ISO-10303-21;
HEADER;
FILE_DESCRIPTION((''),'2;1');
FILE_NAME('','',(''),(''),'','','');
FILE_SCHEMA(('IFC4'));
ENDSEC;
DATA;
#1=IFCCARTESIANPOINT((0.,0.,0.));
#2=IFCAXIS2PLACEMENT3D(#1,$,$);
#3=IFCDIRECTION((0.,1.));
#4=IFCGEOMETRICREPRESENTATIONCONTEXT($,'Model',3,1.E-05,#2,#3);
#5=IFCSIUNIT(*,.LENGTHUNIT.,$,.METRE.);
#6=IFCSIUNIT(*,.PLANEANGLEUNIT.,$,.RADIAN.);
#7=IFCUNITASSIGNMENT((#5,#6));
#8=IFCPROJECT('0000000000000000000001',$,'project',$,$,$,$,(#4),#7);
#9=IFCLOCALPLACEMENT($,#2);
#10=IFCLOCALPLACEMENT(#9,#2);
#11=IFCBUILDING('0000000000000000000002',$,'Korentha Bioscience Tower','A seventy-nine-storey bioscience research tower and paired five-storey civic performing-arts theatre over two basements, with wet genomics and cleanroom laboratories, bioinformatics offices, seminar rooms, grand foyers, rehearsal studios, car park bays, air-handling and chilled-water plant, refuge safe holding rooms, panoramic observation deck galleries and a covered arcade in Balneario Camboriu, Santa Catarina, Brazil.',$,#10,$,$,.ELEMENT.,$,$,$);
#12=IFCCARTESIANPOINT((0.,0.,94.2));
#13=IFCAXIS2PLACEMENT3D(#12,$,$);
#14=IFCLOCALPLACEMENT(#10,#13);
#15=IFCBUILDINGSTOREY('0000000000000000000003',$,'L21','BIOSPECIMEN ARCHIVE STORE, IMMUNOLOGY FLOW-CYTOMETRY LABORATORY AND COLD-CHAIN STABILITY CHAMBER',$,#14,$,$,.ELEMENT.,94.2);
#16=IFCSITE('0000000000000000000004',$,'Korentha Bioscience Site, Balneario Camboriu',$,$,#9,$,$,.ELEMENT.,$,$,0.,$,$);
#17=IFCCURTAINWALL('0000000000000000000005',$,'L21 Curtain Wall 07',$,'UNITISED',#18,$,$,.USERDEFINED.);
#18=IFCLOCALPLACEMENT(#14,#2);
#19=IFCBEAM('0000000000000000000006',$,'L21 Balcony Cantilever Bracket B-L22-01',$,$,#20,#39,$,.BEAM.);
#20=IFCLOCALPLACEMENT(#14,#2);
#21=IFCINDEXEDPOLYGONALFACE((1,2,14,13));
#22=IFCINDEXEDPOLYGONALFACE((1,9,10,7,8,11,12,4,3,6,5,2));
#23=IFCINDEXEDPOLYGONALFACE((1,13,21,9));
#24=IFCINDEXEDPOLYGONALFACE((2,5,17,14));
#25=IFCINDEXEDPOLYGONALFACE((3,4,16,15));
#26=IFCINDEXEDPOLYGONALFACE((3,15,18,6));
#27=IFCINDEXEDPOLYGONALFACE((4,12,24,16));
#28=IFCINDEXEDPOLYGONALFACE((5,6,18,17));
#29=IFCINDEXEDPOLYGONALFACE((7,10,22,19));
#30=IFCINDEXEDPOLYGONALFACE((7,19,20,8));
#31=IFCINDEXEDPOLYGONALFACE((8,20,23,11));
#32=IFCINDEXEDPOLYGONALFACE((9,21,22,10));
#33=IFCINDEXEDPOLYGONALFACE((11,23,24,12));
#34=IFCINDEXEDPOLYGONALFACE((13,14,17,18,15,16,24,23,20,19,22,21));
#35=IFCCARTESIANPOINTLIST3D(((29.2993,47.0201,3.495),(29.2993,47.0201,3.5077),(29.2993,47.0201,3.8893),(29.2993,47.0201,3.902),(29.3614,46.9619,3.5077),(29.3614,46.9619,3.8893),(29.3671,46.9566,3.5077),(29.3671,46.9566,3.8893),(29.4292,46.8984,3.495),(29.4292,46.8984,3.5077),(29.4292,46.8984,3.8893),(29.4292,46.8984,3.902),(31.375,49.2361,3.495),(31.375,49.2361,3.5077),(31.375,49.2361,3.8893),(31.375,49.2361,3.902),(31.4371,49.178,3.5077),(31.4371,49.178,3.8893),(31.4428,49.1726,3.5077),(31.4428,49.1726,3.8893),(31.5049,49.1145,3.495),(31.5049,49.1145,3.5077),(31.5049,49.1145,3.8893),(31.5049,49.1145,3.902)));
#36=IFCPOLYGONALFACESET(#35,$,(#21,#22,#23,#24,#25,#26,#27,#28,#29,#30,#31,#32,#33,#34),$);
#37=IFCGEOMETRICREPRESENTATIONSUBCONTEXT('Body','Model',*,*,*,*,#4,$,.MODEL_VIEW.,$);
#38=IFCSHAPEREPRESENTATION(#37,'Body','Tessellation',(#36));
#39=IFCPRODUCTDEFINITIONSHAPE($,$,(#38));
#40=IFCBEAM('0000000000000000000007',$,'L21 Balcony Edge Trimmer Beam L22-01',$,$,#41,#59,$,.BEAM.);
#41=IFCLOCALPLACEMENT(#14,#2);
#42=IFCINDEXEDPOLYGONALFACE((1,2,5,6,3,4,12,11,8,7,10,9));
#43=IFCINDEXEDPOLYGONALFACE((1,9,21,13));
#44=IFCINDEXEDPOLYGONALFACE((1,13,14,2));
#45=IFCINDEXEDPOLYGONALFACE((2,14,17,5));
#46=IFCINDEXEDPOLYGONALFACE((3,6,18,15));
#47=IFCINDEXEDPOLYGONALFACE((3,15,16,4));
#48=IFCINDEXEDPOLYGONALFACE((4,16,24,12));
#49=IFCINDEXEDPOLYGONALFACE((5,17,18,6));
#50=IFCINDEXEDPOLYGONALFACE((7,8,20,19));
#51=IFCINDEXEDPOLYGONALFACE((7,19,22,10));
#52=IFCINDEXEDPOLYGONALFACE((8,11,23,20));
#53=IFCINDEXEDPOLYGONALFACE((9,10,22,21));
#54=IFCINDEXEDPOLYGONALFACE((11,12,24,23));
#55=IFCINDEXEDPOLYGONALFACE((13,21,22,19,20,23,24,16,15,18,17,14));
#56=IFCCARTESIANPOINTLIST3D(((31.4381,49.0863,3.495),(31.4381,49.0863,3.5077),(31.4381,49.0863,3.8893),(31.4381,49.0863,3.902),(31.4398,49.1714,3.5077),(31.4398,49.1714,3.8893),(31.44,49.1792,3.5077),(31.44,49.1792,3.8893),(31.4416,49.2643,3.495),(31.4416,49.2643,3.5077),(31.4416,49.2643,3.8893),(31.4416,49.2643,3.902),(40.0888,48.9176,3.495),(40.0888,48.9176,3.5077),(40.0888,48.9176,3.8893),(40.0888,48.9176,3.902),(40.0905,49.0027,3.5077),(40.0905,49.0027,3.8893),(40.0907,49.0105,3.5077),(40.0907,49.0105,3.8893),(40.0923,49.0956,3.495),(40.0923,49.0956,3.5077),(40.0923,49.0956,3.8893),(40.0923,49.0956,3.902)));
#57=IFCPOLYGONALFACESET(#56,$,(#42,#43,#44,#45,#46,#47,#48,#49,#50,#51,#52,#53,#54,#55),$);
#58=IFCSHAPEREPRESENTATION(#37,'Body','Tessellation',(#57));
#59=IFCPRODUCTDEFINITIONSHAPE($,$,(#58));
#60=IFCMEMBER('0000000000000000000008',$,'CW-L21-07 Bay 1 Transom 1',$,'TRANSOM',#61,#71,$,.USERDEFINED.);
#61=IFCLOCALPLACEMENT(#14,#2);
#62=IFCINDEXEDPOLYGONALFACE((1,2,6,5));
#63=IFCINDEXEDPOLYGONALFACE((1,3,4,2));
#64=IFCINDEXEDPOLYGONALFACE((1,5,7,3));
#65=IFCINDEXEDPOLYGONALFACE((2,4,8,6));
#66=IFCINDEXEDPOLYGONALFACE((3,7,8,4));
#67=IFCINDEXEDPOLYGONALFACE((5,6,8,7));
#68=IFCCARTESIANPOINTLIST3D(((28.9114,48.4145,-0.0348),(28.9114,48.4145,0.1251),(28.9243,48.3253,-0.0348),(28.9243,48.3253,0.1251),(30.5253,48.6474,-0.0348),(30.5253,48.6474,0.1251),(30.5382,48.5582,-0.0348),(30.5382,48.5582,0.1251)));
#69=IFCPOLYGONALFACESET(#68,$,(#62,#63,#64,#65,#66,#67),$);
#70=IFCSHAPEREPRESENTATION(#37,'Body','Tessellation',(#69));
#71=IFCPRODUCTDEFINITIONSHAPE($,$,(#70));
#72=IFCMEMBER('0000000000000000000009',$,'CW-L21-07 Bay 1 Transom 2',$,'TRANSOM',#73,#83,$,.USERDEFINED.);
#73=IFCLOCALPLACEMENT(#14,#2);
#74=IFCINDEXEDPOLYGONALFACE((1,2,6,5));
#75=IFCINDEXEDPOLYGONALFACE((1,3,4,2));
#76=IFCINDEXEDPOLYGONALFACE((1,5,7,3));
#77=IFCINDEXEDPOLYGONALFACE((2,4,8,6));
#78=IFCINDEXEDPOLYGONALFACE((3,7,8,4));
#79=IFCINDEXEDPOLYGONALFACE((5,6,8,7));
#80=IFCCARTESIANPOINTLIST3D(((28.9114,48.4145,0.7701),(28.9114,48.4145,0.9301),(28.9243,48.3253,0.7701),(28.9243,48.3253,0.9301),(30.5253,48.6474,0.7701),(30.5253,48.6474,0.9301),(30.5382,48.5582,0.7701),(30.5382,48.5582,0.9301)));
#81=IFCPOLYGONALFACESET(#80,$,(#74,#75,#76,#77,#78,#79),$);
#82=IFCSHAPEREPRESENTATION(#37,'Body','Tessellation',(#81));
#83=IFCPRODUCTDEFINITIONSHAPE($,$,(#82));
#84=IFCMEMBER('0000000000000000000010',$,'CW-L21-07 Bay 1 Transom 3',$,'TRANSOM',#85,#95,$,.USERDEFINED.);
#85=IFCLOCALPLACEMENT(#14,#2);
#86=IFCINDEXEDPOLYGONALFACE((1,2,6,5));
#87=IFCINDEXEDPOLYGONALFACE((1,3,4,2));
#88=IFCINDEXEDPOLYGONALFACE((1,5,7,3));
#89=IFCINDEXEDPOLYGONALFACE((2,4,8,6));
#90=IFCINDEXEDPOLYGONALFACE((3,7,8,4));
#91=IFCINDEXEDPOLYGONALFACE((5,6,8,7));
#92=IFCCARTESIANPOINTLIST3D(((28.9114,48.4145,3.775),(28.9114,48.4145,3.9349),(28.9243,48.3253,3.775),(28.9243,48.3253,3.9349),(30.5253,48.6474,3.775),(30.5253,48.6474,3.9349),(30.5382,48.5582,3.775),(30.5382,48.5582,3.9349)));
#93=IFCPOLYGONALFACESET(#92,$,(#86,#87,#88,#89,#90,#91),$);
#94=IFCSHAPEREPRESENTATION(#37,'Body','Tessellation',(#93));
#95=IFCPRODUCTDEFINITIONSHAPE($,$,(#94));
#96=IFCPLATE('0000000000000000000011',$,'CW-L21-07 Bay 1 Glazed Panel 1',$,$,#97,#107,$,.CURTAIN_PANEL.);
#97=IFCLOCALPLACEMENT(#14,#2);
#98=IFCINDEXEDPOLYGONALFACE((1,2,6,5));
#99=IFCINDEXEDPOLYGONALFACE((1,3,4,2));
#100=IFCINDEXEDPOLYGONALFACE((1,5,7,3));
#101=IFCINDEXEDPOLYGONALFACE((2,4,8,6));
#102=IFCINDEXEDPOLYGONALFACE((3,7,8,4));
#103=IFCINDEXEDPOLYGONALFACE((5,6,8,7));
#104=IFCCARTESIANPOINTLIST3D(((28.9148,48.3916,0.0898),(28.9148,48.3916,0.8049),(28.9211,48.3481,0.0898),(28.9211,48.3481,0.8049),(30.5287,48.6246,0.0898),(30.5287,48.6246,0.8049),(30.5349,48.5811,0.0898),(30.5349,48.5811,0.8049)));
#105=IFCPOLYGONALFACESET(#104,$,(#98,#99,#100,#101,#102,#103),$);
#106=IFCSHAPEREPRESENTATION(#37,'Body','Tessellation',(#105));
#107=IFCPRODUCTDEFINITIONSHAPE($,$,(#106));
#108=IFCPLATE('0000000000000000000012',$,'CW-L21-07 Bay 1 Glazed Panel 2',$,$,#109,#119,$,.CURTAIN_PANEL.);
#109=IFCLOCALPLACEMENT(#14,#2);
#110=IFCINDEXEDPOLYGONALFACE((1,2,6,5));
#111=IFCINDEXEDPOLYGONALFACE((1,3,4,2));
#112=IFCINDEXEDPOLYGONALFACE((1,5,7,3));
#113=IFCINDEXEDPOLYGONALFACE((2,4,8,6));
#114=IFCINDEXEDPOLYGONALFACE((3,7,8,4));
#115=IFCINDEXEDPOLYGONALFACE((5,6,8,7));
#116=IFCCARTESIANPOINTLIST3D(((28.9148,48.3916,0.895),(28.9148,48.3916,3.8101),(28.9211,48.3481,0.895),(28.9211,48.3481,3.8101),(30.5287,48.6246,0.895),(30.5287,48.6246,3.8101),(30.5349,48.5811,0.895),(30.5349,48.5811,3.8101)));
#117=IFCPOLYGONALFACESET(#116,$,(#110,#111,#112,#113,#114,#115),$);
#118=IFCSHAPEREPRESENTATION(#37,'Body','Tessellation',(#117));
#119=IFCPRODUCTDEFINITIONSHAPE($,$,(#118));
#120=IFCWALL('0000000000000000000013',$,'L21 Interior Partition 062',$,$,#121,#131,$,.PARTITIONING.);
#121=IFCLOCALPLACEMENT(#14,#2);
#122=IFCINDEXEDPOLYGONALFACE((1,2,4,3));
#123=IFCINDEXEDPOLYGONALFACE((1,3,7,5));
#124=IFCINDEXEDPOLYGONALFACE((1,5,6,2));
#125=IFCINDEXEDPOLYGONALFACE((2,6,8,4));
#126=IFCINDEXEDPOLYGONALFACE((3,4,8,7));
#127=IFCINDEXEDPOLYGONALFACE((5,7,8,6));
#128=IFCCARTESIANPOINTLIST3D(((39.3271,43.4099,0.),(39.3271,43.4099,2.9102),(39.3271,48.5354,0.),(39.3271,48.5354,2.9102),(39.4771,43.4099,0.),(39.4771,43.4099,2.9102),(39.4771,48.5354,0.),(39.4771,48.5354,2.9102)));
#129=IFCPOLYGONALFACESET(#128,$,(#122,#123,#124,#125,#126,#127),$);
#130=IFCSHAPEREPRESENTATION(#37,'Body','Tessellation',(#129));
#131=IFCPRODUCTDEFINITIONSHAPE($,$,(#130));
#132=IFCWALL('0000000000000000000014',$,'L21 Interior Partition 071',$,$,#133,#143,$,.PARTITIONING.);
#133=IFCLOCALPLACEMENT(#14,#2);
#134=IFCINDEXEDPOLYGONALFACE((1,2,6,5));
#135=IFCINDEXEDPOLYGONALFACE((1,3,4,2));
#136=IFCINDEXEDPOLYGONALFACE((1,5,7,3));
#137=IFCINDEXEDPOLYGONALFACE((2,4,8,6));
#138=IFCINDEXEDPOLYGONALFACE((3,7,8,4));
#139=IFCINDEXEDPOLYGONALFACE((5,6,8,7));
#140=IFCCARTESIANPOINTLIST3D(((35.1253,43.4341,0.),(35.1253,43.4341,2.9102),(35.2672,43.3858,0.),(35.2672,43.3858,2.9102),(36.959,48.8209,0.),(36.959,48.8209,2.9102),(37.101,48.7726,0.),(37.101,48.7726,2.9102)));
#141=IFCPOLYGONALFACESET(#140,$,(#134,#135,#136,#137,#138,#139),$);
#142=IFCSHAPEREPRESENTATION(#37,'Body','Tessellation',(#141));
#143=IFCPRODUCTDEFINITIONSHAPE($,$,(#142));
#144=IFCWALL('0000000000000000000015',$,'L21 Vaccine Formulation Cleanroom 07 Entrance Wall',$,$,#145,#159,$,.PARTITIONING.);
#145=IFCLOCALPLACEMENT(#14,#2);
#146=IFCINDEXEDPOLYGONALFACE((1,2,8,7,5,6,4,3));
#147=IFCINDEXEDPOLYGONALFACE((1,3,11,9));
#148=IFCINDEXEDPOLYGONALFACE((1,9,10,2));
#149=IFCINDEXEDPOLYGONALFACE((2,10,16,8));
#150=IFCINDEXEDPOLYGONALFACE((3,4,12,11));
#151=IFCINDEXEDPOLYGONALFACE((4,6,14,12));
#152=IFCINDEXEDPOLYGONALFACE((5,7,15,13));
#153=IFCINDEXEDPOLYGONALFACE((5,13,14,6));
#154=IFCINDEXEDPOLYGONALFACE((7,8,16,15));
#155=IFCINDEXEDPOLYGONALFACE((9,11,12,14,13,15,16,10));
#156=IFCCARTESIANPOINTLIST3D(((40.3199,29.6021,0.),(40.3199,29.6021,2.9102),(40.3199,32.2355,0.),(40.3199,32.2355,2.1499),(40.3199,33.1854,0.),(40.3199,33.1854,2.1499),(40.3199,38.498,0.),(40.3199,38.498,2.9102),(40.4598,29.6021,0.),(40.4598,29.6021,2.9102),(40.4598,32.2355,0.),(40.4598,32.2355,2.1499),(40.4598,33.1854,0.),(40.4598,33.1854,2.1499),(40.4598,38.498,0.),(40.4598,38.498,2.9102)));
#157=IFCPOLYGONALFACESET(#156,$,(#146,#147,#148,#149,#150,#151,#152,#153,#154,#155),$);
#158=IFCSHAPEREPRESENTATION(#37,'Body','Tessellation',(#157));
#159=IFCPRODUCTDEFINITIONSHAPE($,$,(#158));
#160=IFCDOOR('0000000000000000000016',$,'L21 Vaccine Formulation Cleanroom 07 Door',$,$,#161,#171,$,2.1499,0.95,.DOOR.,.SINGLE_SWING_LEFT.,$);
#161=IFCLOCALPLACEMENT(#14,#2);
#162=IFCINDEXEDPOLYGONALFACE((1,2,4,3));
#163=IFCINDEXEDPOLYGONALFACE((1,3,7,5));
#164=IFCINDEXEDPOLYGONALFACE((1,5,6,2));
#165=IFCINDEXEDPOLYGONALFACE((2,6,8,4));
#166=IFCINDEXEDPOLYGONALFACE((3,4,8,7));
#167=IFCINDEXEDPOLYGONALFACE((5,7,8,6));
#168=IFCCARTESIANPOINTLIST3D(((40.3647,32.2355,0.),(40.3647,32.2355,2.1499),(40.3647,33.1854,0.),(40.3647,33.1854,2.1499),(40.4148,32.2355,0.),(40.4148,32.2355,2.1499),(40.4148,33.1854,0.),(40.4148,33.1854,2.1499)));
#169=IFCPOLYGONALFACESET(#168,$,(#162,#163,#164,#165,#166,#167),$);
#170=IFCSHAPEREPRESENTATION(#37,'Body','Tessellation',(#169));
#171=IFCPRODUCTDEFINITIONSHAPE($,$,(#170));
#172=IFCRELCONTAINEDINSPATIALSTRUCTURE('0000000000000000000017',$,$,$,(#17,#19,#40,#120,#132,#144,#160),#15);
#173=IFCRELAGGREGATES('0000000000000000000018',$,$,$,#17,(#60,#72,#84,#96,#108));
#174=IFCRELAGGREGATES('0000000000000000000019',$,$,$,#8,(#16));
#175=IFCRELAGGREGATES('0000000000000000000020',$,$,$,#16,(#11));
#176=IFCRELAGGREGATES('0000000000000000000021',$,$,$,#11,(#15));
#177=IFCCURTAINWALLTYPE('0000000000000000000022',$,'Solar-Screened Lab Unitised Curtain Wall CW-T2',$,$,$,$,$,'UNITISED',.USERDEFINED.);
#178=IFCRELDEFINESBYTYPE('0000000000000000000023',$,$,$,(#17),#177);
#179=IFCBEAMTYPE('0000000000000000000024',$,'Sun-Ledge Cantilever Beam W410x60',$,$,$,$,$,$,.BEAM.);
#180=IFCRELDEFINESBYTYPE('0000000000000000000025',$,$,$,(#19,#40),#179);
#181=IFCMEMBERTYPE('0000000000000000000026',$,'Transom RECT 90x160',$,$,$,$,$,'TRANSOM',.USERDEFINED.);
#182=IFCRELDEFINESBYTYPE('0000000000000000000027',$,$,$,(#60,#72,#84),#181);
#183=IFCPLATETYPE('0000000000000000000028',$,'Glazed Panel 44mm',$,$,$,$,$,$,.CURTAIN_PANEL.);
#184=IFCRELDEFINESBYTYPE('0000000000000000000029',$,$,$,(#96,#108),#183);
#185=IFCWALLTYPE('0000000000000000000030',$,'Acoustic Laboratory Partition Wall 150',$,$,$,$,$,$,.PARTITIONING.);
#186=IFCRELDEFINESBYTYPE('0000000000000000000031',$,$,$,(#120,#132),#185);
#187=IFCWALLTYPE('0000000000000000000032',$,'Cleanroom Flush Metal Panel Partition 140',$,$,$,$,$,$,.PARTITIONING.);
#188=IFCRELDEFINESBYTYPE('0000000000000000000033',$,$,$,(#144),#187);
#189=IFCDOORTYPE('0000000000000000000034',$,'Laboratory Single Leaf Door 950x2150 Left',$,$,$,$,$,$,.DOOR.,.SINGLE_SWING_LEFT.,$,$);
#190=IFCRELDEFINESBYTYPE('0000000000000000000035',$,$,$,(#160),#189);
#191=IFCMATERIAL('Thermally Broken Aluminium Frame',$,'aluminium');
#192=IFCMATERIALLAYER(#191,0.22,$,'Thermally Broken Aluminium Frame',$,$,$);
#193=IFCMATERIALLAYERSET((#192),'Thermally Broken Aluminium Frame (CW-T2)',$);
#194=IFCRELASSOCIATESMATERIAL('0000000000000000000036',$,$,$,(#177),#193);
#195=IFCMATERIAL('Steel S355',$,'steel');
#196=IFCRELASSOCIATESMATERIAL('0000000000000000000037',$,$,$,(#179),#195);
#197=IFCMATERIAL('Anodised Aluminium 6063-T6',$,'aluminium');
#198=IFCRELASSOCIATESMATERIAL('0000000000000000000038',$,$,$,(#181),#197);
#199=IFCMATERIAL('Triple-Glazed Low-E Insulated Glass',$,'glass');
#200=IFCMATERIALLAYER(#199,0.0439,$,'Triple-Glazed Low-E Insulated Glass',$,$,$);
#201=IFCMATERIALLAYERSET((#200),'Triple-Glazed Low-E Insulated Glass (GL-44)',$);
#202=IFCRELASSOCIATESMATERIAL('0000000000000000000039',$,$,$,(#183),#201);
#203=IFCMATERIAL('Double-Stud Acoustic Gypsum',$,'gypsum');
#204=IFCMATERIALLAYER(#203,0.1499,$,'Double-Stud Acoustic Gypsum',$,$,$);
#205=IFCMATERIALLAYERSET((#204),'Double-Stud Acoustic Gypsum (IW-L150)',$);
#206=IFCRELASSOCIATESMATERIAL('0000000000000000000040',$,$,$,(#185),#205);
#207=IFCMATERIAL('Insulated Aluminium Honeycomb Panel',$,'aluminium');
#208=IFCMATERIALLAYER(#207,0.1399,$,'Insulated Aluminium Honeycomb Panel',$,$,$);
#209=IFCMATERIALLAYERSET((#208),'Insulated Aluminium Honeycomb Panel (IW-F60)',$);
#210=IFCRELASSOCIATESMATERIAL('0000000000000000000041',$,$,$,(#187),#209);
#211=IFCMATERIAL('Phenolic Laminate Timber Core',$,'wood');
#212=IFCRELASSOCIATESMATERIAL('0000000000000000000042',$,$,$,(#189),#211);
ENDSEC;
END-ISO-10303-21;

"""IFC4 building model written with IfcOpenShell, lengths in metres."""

from ifc_helpers import new_model, si_unit, direction, frame, frame_2d, origin, origin_2d, place, context, subcontext, project, spatial, rectangle, i_section, extrude, material, layer, layer_set, material_profile, profile_set, type_object, element, fill, aggregate, save


model = new_model("IFC4")

# Units and contexts
model_context = context("Model", 3, precision=1e-05, world=origin(), true_north=direction((0.0, 1.0)))
body_context = subcontext(model_context, "Body", "Model", "MODEL_VIEW")
ifc_project = project(units=[si_unit("LENGTHUNIT", "METRE"), si_unit("PLANEANGLEUNIT", "RADIAN")], contexts=[model_context])

# Site, building, storey
site_placement = place(None, origin())
site = spatial("IfcSite", under=ifc_project, at=site_placement, Name="Korentha Bioscience Site, Balneario Camboriu", CompositionType="ELEMENT", RefElevation=0.0)
building_placement = place(site_placement, origin())
building = spatial("IfcBuilding", under=site, at=building_placement, Name="Korentha Bioscience Tower", Description="A seventy-nine-storey bioscience research tower and paired five-storey civic performing-arts theatre over two basements, with wet genomics and cleanroom laboratories, bioinformatics offices, seminar rooms, grand foyers, rehearsal studios, car park bays, air-handling and chilled-water plant, refuge safe holding rooms, panoramic observation deck galleries and a covered arcade in Balneario Camboriu, Santa Catarina, Brazil.", CompositionType="ELEMENT")
storey_placement = place(building_placement, frame((0.0, 0.0, 94.2)))
storey = spatial("IfcBuildingStorey", under=building, at=storey_placement, Name="L21", Description="BIOSPECIMEN ARCHIVE STORE, IMMUNOLOGY FLOW-CYTOMETRY LABORATORY AND COLD-CHAIN STABILITY CHAMBER", CompositionType="ELEMENT", Elevation=94.2)

# Curtain wall
ifc_material_1 = material(Name="Thermally Broken Aluminium Frame", Category="aluminium")
ifc_layer_1 = layer(ifc_material_1, 0.22, Name="Thermally Broken Aluminium Frame")
ifc_layer_set_1 = layer_set([ifc_layer_1], Name="Thermally Broken Aluminium Frame (CW-T2)")
curtain_wall_type = type_object("IfcCurtainWallType", Name="Solar-Screened Lab Unitised Curtain Wall CW-T2", ElementType="UNITISED", PredefinedType="USERDEFINED", material=ifc_layer_set_1)
curtain_wall_placement = place(storey_placement, origin())
curtain_wall = element("IfcCurtainWall", 1, at=curtain_wall_placement, inside=storey, type_object=curtain_wall_type, Name="L21 Curtain Wall 07", ObjectType="UNITISED", PredefinedType="USERDEFINED")
ifc_material_2 = material(Name="Anodised Aluminium 6063-T6", Category="aluminium")

# Beams
ifc_material_3 = material(Name="Steel S355", Category="steel")
ifc_material_profile_1 = material_profile(ifc_material_3, i_section(OverallWidth=0.178, OverallDepth=0.407, WebThickness=0.0078, FlangeThickness=0.0127, at=origin_2d()), Name="Steel S355")
ifc_profile_set_1 = profile_set([ifc_material_profile_1], Name="Steel S355 (CB-410)")
beam_type_1 = type_object("IfcBeamType", Name="Sun-Ledge Cantilever Beam W410x60", PredefinedType="BEAM", material=ifc_profile_set_1)
beam_1_placement = place(storey_placement, frame((29.3643, 46.9592, 3.6985), z_axis=(0.683612, 0.729846, 0.0), x_axis=(-0.729846, 0.683612, 0.0)))
element("IfcBeam", 2, at=beam_1_placement, inside=storey, type_object=beam_type_1, Name="L21 Balcony Cantilever Bracket B-L22-01", PredefinedType="BEAM", context=body_context, shape_type="SweptSolid", body=[
    extrude(i_section(OverallWidth=0.178, OverallDepth=0.407, WebThickness=0.0078, FlangeThickness=0.0127, at=origin_2d()), origin(), (0.0, 0.0, 1.0), 3.0364),
])
beam_2_placement = place(storey_placement, frame((40.0906, 49.0066, 3.6985), z_axis=(-0.99981, 0.019498, 0.0), x_axis=(-0.019498, -0.99981, 0.0)))
element("IfcBeam", 3, at=beam_2_placement, inside=storey, type_object=beam_type_1, Name="L21 Balcony Edge Trimmer Beam L22-01", PredefinedType="BEAM", context=body_context, shape_type="SweptSolid", body=[
    extrude(i_section(OverallWidth=0.178, OverallDepth=0.407, WebThickness=0.0078, FlangeThickness=0.0127, at=origin_2d()), origin(), (0.0, 0.0, 1.0), 8.6523),
])

# Members
ifc_material_profile_2 = material_profile(ifc_material_2, rectangle(XDim=0.0901, YDim=0.1599, at=origin_2d()), Name="Anodised Aluminium 6063-T6")
ifc_profile_set_2 = profile_set([ifc_material_profile_2], Name="Anodised Aluminium 6063-T6 (CW-TRN)")
member_type_1 = type_object("IfcMemberType", Name="Transom RECT 90x160", ElementType="TRANSOM", PredefinedType="USERDEFINED", material=ifc_profile_set_2)
member_1_placement = place(storey_placement, frame((30.5317, 48.6028, 0.0452), z_axis=(-0.989748, -0.142826, 0.0), x_axis=(0.142826, -0.989748, 0.0)))
member_1 = element("IfcMember", 4, at=member_1_placement, type_object=member_type_1, Name="CW-L21-07 Bay 1 Transom 1", ObjectType="TRANSOM", PredefinedType="USERDEFINED", context=body_context, shape_type="SweptSolid", body=[
    extrude(rectangle(XDim=0.0901, YDim=0.1599, at=origin_2d()), origin(), (0.0, 0.0, 1.0), 1.6306),
])
member_2_placement = place(storey_placement, frame((30.5317, 48.6028, 0.8501), z_axis=(-0.989748, -0.142826, 0.0), x_axis=(0.142826, -0.989748, 0.0)))
member_2 = element("IfcMember", 5, at=member_2_placement, type_object=member_type_1, Name="CW-L21-07 Bay 1 Transom 2", ObjectType="TRANSOM", PredefinedType="USERDEFINED", context=body_context, shape_type="SweptSolid", body=[
    extrude(rectangle(XDim=0.0901, YDim=0.1599, at=origin_2d()), origin(), (0.0, 0.0, 1.0), 1.6306),
])
member_3_placement = place(storey_placement, frame((30.5317, 48.6028, 3.855), z_axis=(-0.989748, -0.142826, 0.0), x_axis=(0.142826, -0.989748, 0.0)))
member_3 = element("IfcMember", 6, at=member_3_placement, type_object=member_type_1, Name="CW-L21-07 Bay 1 Transom 3", ObjectType="TRANSOM", PredefinedType="USERDEFINED", context=body_context, shape_type="SweptSolid", body=[
    extrude(rectangle(XDim=0.0901, YDim=0.1599, at=origin_2d()), origin(), (0.0, 0.0, 1.0), 1.6306),
])

# Plates
ifc_material_4 = material(Name="Triple-Glazed Low-E Insulated Glass", Category="glass")
ifc_layer_2 = layer(ifc_material_4, 0.0439, Name="Triple-Glazed Low-E Insulated Glass")
ifc_layer_set_2 = layer_set([ifc_layer_2], Name="Triple-Glazed Low-E Insulated Glass (GL-44)")
plate_type = type_object("IfcPlateType", Name="Glazed Panel 44mm", PredefinedType="CURTAIN_PANEL", material=ifc_layer_set_2)
plate_1_placement = place(storey_placement, frame((29.7249, 48.4863, 0.0898), z_axis=(0.0, 0.0, 1.0), x_axis=(-0.989738, -0.142892, 0.0)))
plate_1 = element("IfcPlate", 7, at=plate_1_placement, type_object=plate_type, Name="CW-L21-07 Bay 1 Glazed Panel 1", PredefinedType="CURTAIN_PANEL", context=body_context, shape_type="SweptSolid", body=[
    extrude(rectangle(XDim=1.6306, YDim=0.0439, at=origin_2d()), origin(), (0.0, 0.0, 1.0), 0.7151),
])
plate_2_placement = place(storey_placement, frame((29.7249, 48.4863, 0.895), z_axis=(0.0, 0.0, 1.0), x_axis=(-0.989738, -0.142892, 0.0)))
plate_2 = element("IfcPlate", 8, at=plate_2_placement, type_object=plate_type, Name="CW-L21-07 Bay 1 Glazed Panel 2", PredefinedType="CURTAIN_PANEL", context=body_context, shape_type="SweptSolid", body=[
    extrude(rectangle(XDim=1.6306, YDim=0.0439, at=origin_2d()), origin(), (0.0, 0.0, 1.0), 2.915),
])
aggregate(curtain_wall, [member_1, member_2, member_3, plate_1, plate_2])

# Shared definitions
ifc_material_5 = material(Name="Double-Stud Acoustic Gypsum", Category="gypsum")
ifc_layer_3 = layer(ifc_material_5, 0.1499, Name="Double-Stud Acoustic Gypsum")
ifc_layer_set_3 = layer_set([ifc_layer_3], Name="Double-Stud Acoustic Gypsum (IW-L150)")
wall_type_1 = type_object("IfcWallType", Name="Acoustic Laboratory Partition Wall 150", PredefinedType="PARTITIONING", material=ifc_layer_set_3)
ifc_material_6 = material(Name="Phenolic Laminate Timber Core", Category="wood")

# Walls
wall_1_placement = place(storey_placement, frame((39.4021, 43.4099, 0.0), z_axis=(0.0, 0.0, 1.0), x_axis=(0.0, 1.0, 0.0)))
element("IfcWall", 9, at=wall_1_placement, inside=storey, type_object=wall_type_1, Name="L21 Interior Partition 062", PredefinedType="PARTITIONING", context=body_context, shape_type="SweptSolid", body=[
    extrude(rectangle(XDim=5.1255, YDim=0.1499, at=frame_2d((2.5627, 0.0))), origin(), (0.0, 0.0, 1.0), 2.9102),
])
wall_2_placement = place(storey_placement, frame((35.1963, 43.4099, 0.0), z_axis=(0.0, 0.0, 1.0), x_axis=(0.322245, 0.946656, 0.0)))
element("IfcWall", 10, at=wall_2_placement, inside=storey, type_object=wall_type_1, Name="L21 Interior Partition 071", PredefinedType="PARTITIONING", context=body_context, shape_type="SweptSolid", body=[
    extrude(rectangle(XDim=5.6904, YDim=0.1499, at=frame_2d((2.8452, 0.0))), origin(), (0.0, 0.0, 1.0), 2.9102),
])

# Wall, opening, door
ifc_material_7 = material(Name="Insulated Aluminium Honeycomb Panel", Category="aluminium")
ifc_layer_4 = layer(ifc_material_7, 0.1399, Name="Insulated Aluminium Honeycomb Panel")
ifc_layer_set_4 = layer_set([ifc_layer_4], Name="Insulated Aluminium Honeycomb Panel (IW-F60)")
wall_type_2 = type_object("IfcWallType", Name="Cleanroom Flush Metal Panel Partition 140", PredefinedType="PARTITIONING", material=ifc_layer_set_4)
wall_3_placement = place(storey_placement, frame((40.3899, 38.498, 0.0), z_axis=(0.0, 0.0, 1.0), x_axis=(0.0, -1.0, 0.0)))
wall_3 = element("IfcWall", 11, at=wall_3_placement, inside=storey, type_object=wall_type_2, Name="L21 Vaccine Formulation Cleanroom 07 Entrance Wall", PredefinedType="PARTITIONING", context=body_context, shape_type="SweptSolid", body=[
    extrude(rectangle(XDim=8.896, YDim=0.1399, at=frame_2d((4.448, 0.0))), origin(), (0.0, 0.0, 1.0), 2.9102),
])
opening_1_placement = place(wall_3_placement, frame((5.3125, 0.0, 0.0)))
opening_1 = element("IfcOpeningElement", 12, at=opening_1_placement, cuts=wall_3, PredefinedType="OPENING", context=body_context, shape_type="SweptSolid", body=[
    extrude(rectangle(XDim=0.95, YDim=2.1499, at=frame_2d((0.4751, 1.075))), frame((0.0, 0.085, 0.0), z_axis=(0.0, -1.0, 0.0), x_axis=(1.0, 0.0, 0.0)), (0.0, 0.0, 1.0), 0.1697),
])
door_type_1 = type_object("IfcDoorType", Name="Laboratory Single Leaf Door 950x2150 Left", OperationType="SINGLE_SWING_LEFT", PredefinedType="DOOR", material=ifc_material_6)
door_1_placement = place(opening_1_placement, origin())
door_1 = element("IfcDoor", 13, at=door_1_placement, inside=storey, type_object=door_type_1, Name="L21 Vaccine Formulation Cleanroom 07 Door", OperationType="SINGLE_SWING_LEFT", OverallHeight=2.1499, OverallWidth=0.95, PredefinedType="DOOR", context=body_context, shape_type="SweptSolid", body=[
    extrude(rectangle(XDim=0.95, YDim=2.1499, at=frame_2d((0.4751, 1.075))), frame((0.0, 0.0249, 0.0), z_axis=(0.0, -1.0, 0.0), x_axis=(1.0, 0.0, 0.0)), (0.0, 0.0, 1.0), 0.05),
])
fill(opening_1, door_1)

save(model, "model.ifc")
